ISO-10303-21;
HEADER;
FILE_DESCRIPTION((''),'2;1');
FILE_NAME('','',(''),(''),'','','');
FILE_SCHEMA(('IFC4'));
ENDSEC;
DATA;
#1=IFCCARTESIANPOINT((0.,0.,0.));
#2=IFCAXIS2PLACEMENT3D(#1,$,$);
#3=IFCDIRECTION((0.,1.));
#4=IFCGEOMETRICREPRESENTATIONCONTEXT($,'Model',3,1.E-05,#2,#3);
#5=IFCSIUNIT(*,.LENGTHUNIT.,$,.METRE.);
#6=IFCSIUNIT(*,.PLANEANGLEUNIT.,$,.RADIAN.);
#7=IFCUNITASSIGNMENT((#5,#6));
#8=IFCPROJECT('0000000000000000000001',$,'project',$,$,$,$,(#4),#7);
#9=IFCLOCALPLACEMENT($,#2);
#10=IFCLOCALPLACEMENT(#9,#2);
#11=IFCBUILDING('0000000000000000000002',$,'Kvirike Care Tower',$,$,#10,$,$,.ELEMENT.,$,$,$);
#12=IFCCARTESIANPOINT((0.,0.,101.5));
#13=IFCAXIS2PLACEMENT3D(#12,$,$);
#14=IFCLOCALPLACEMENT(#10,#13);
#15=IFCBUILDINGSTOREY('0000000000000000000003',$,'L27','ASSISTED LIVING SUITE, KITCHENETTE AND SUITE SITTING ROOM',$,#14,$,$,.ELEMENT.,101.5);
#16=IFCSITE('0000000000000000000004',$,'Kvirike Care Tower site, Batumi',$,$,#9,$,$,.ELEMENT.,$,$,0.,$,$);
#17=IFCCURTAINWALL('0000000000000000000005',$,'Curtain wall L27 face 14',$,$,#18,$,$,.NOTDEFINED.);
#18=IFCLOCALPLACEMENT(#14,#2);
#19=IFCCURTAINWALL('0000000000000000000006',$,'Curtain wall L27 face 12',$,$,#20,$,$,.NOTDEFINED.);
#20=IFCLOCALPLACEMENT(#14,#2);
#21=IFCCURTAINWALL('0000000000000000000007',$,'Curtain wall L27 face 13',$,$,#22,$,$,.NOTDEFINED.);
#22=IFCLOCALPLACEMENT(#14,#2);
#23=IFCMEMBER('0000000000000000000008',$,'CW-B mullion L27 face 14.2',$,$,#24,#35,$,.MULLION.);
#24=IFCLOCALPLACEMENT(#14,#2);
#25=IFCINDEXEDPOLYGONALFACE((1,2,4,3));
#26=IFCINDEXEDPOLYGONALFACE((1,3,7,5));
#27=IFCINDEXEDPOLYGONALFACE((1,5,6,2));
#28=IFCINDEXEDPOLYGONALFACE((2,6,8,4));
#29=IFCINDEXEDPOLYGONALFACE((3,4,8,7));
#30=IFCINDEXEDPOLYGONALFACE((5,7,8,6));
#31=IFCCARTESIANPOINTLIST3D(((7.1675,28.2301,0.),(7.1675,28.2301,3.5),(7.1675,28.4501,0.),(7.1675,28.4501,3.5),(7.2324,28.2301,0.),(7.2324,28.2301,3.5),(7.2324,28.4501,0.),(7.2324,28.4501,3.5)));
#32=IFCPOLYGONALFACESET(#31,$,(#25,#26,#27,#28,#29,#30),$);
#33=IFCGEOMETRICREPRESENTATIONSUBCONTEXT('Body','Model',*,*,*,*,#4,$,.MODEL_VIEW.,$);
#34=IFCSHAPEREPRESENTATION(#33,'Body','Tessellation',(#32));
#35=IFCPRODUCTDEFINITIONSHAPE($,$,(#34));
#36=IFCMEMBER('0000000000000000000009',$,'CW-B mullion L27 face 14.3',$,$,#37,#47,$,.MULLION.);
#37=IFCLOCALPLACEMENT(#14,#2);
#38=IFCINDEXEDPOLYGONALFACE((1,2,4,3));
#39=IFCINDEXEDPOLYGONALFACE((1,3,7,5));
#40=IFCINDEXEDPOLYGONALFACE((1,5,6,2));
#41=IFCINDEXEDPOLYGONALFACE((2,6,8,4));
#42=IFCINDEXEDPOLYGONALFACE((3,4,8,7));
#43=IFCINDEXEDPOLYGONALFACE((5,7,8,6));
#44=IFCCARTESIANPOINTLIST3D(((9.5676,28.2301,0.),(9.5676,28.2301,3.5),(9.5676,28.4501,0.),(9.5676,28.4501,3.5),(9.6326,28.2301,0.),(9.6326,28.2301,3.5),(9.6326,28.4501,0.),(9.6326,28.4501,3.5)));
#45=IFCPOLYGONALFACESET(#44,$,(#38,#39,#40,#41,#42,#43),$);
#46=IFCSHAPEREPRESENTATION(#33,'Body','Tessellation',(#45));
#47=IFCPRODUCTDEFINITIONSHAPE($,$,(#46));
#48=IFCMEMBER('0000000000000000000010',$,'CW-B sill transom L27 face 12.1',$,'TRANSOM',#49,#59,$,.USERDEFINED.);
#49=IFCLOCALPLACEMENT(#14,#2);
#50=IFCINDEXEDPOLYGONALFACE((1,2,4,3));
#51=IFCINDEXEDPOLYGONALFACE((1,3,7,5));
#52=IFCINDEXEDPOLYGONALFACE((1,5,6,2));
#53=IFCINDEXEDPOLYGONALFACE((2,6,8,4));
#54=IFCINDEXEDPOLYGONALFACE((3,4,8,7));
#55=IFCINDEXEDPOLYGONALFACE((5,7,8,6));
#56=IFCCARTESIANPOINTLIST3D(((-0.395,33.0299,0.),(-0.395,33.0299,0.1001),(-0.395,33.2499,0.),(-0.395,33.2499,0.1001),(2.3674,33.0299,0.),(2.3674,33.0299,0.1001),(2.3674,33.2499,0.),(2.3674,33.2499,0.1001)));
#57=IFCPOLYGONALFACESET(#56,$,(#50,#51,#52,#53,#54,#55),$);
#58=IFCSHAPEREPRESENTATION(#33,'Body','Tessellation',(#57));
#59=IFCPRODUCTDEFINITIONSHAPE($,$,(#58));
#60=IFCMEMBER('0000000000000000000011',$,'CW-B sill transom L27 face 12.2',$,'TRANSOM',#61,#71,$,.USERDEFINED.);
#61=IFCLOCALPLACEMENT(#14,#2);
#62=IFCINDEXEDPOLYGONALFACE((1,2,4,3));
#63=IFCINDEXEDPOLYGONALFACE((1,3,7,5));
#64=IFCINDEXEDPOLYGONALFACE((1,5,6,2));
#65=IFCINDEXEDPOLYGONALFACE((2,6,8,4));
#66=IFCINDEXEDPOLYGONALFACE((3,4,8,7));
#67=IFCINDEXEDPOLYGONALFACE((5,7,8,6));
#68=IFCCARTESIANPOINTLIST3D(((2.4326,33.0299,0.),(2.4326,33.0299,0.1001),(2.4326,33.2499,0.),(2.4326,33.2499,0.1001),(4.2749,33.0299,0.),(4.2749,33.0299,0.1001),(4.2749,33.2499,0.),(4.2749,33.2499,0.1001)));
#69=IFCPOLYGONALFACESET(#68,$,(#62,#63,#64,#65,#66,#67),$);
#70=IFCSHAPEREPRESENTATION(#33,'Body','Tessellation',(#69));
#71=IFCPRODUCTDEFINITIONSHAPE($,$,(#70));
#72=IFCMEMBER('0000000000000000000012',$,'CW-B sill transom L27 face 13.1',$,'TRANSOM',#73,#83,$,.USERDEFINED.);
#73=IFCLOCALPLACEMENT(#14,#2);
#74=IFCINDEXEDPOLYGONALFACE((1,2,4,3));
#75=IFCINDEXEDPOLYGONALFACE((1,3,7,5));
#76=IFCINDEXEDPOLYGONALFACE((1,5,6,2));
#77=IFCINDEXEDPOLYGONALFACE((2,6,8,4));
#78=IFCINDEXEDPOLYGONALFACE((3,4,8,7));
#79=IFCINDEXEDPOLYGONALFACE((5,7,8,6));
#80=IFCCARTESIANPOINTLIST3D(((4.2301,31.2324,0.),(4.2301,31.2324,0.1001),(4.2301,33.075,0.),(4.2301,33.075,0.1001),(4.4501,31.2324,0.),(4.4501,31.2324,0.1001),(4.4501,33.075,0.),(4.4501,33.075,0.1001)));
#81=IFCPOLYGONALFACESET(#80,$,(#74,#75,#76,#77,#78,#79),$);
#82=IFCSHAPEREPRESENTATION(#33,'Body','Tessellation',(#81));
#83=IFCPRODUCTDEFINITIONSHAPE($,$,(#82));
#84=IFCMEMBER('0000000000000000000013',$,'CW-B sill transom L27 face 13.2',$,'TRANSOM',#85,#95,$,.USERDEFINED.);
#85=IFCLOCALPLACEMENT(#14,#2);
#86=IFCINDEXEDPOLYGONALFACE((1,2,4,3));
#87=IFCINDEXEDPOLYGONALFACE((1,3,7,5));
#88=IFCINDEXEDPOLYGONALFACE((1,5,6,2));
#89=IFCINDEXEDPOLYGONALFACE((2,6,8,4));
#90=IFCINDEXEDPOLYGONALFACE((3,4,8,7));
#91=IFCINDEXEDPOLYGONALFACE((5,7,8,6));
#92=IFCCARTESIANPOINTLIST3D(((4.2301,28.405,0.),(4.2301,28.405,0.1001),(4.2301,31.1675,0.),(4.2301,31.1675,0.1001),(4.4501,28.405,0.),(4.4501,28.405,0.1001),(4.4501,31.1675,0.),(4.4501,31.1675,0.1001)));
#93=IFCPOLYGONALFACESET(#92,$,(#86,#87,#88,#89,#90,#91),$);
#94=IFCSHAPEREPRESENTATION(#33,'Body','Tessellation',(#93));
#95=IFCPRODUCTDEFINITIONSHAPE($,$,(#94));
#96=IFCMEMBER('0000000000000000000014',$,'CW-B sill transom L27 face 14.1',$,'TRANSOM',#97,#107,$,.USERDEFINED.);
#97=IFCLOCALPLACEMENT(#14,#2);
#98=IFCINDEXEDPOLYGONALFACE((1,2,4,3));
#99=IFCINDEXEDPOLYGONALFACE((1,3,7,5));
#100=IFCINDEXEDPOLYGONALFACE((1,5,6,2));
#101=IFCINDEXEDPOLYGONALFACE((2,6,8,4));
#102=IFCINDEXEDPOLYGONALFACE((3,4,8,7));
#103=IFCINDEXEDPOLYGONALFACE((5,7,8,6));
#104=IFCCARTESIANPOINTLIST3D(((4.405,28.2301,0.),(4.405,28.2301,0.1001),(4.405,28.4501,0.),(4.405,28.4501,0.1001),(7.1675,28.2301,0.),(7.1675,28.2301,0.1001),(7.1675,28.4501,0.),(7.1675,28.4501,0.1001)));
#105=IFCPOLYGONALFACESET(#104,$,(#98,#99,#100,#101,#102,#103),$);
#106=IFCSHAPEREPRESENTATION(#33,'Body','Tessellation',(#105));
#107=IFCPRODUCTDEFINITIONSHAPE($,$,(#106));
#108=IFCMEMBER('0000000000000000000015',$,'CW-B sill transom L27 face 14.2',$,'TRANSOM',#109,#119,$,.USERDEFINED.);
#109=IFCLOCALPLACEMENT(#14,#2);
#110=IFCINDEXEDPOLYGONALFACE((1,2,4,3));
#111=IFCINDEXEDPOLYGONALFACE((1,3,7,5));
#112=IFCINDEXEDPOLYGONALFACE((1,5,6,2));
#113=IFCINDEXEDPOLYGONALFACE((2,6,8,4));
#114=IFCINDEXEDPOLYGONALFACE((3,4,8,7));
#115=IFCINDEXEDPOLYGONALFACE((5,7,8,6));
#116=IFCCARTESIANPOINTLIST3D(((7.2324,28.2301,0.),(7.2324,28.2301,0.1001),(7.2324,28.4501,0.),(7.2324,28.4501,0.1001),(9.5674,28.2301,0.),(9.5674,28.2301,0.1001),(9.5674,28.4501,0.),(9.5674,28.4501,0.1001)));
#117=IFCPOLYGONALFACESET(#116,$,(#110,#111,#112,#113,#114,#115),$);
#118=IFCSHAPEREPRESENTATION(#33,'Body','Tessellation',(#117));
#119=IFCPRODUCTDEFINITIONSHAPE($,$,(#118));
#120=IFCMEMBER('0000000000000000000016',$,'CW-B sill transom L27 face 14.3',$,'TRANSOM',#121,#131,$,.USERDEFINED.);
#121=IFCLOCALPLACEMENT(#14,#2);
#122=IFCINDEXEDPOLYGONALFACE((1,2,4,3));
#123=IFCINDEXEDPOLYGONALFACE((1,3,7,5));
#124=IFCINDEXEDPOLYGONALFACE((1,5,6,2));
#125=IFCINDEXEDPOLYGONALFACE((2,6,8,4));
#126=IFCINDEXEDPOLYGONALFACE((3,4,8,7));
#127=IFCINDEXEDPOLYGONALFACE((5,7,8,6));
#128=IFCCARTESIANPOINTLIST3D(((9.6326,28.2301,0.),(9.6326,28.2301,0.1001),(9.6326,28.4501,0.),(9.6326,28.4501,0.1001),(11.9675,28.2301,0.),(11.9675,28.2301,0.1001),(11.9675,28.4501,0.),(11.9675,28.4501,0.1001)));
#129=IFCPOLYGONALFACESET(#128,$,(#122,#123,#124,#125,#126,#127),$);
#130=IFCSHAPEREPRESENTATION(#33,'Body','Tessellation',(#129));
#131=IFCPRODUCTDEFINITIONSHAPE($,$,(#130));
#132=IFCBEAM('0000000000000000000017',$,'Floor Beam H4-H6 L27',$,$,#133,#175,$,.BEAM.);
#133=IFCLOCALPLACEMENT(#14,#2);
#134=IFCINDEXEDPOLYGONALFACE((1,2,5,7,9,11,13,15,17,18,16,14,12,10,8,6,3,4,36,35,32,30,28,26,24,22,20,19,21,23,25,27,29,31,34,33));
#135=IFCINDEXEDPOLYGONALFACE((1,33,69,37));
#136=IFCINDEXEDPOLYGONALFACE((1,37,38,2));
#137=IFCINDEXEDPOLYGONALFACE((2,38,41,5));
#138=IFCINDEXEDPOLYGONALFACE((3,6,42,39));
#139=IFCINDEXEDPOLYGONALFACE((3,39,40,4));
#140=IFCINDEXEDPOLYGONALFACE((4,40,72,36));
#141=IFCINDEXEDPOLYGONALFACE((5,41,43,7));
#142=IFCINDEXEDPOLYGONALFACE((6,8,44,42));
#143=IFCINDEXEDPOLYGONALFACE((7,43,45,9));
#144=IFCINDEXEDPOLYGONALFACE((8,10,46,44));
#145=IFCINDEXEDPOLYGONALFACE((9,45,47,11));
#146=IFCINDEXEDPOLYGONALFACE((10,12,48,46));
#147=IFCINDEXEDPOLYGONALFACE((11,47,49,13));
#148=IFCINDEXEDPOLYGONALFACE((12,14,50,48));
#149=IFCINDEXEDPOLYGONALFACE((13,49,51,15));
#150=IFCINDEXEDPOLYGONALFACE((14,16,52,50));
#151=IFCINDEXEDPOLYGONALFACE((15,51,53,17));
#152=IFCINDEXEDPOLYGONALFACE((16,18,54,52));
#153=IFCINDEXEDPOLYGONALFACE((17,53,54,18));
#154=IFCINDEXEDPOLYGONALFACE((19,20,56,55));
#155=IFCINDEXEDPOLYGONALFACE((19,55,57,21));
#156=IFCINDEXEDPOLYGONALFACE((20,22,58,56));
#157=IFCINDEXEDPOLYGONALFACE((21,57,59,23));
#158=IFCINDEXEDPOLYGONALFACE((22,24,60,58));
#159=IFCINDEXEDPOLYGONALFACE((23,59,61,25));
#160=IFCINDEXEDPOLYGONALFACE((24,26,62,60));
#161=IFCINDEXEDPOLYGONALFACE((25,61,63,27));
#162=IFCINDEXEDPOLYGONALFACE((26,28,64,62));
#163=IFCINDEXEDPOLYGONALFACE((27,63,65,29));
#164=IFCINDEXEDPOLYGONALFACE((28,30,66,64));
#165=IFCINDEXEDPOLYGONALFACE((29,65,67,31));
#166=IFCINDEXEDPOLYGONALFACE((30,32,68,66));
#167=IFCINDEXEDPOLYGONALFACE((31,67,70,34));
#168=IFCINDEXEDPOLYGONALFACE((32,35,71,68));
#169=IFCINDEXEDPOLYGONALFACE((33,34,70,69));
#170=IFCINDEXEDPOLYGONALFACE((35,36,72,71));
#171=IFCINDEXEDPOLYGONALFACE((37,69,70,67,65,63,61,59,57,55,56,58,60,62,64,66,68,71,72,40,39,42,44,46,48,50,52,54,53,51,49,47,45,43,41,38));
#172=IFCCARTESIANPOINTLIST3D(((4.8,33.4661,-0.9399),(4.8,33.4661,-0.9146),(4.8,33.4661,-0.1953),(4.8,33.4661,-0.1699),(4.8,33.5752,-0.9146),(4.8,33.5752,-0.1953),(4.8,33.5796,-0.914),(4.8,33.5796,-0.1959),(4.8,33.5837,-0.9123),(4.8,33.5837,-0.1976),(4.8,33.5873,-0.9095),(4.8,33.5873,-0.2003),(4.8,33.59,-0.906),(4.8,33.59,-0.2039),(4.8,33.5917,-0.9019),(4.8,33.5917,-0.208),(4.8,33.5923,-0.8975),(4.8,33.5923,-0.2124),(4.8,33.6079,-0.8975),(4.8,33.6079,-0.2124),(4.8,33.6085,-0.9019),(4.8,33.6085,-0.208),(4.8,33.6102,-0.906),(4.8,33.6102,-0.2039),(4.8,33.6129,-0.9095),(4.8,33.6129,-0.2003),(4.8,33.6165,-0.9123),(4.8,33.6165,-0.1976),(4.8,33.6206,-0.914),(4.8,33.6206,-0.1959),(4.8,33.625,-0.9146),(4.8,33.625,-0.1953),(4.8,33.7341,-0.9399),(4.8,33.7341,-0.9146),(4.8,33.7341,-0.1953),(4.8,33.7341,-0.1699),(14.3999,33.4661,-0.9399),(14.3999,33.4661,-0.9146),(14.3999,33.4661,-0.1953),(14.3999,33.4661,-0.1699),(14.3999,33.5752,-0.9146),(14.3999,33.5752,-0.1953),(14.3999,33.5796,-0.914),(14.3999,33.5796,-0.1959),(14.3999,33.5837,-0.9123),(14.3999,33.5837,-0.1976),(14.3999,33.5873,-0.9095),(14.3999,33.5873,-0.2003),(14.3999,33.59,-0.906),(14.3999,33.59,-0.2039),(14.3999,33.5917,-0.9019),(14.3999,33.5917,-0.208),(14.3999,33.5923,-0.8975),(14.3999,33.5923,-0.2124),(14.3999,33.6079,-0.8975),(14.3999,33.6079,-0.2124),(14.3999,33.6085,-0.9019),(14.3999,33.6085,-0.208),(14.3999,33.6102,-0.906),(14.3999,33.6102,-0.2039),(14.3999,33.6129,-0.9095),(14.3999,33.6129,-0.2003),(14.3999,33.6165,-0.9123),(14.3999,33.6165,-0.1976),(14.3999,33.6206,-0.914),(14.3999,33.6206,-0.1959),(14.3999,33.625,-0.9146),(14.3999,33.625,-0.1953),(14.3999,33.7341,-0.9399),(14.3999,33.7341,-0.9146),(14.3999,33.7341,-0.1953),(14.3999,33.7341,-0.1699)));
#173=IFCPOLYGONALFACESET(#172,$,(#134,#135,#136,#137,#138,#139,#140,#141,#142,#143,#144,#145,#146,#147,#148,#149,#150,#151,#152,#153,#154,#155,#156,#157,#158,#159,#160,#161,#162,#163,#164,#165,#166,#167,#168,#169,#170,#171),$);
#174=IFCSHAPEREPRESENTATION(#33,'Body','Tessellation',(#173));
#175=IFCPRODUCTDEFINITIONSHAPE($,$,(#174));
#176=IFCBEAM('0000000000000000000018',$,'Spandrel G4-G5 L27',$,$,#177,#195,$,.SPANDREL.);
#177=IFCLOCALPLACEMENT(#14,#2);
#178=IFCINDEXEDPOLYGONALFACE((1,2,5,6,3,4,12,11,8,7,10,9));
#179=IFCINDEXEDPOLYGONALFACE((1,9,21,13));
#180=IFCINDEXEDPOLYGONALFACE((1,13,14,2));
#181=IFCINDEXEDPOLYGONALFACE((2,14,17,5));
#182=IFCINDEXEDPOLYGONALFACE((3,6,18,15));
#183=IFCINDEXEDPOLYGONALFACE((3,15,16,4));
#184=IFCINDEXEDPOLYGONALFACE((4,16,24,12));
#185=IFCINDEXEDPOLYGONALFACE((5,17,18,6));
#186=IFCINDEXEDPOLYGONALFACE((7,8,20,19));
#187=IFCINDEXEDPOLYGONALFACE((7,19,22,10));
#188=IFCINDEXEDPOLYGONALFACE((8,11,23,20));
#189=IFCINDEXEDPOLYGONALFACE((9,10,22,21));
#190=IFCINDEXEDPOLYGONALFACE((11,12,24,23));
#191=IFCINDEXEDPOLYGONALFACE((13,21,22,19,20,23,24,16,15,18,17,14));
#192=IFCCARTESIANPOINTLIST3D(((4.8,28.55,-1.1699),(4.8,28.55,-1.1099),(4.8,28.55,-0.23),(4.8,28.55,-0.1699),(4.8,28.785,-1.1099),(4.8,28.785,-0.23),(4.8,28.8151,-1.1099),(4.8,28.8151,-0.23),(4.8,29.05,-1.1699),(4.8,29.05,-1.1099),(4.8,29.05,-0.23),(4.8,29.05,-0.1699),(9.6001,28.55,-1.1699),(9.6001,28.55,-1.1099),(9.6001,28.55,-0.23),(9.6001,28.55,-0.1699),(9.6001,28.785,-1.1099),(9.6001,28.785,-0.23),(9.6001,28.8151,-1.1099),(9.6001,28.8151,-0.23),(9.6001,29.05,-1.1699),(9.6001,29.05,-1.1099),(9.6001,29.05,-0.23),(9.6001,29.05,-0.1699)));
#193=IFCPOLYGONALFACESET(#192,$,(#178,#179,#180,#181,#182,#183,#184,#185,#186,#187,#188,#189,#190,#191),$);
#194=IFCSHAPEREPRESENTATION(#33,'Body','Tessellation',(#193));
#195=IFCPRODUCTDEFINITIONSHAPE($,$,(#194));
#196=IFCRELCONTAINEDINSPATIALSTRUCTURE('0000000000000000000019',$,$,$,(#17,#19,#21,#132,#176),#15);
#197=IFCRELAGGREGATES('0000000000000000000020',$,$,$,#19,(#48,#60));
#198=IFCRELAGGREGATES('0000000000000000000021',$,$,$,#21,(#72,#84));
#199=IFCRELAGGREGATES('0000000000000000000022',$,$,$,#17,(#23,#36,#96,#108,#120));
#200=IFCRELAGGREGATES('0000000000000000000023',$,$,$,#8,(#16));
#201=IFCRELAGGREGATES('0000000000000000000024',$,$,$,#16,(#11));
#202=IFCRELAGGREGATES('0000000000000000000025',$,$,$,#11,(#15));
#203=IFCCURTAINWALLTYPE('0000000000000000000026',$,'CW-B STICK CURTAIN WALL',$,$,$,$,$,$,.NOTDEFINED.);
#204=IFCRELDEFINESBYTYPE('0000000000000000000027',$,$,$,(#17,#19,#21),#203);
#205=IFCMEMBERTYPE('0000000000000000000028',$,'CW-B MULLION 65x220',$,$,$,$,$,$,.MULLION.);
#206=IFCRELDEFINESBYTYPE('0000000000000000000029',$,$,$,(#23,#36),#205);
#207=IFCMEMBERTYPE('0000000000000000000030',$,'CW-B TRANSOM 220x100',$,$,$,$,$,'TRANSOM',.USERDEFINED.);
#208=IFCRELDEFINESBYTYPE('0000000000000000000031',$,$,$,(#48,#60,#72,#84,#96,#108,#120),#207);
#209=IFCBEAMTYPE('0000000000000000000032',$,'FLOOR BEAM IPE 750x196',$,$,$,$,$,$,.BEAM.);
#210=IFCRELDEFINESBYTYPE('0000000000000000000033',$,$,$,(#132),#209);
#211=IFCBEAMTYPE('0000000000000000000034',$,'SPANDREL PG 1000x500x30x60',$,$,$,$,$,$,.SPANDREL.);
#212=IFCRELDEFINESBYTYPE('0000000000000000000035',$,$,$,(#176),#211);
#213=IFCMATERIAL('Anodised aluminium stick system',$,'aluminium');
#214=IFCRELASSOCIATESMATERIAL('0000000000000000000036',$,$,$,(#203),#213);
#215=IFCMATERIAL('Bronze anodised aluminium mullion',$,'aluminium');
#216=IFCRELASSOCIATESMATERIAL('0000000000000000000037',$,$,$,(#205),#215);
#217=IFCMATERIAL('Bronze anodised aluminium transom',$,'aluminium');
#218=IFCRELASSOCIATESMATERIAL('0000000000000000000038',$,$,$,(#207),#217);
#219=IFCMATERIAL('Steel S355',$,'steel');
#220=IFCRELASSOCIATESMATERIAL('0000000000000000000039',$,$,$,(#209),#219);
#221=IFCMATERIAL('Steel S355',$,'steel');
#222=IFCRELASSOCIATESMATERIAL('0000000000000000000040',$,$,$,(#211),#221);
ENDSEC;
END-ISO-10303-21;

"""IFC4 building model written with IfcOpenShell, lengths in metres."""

from ifc_helpers import new_model, si_unit, direction, frame, origin, origin_2d, place, context, subcontext, project, spatial, rectangle, i_section, extrude, material, material_profile, profile_set, type_object, element, aggregate, save


model = new_model("IFC4")

# Units and contexts
model_context = context("Model", 3, precision=1e-05, world=origin(), true_north=direction((0.0, 1.0)))
body_context = subcontext(model_context, "Body", "Model", "MODEL_VIEW")
ifc_project = project(units=[si_unit("LENGTHUNIT", "METRE"), si_unit("PLANEANGLEUNIT", "RADIAN")], contexts=[model_context])

# Site, building, storey
site_placement = place(None, origin())
site = spatial("IfcSite", under=ifc_project, at=site_placement, Name="Kvirike Care Tower site, Batumi", CompositionType="ELEMENT", RefElevation=0.0)
building_placement = place(site_placement, origin())
building = spatial("IfcBuilding", under=site, at=building_placement, Name="Kvirike Care Tower", CompositionType="ELEMENT")
storey_placement = place(building_placement, frame((0.0, 0.0, 101.5)))
storey = spatial("IfcBuildingStorey", under=building, at=storey_placement, Name="L27", Description="ASSISTED LIVING SUITE, KITCHENETTE AND SUITE SITTING ROOM", CompositionType="ELEMENT", Elevation=101.5)

# Curtain wall
ifc_material_1 = material(Name="Anodised aluminium stick system", Category="aluminium")
curtain_wall_type = type_object("IfcCurtainWallType", Name="CW-B STICK CURTAIN WALL", PredefinedType="NOTDEFINED", material=ifc_material_1)
curtain_wall_1_placement = place(storey_placement, origin())
curtain_wall_1 = element("IfcCurtainWall", 1, at=curtain_wall_1_placement, inside=storey, type_object=curtain_wall_type, Name="Curtain wall L27 face 14", PredefinedType="NOTDEFINED")
ifc_material_2 = material(Name="Bronze anodised aluminium mullion", Category="aluminium")
ifc_material_profile_1 = material_profile(ifc_material_2, rectangle(XDim=0.0649, YDim=0.22, at=origin_2d()), Name="CW-B MULLION 65x220")
ifc_profile_set_1 = profile_set([ifc_material_profile_1], Name="Bronze anodised aluminium mullion")
member_type_1 = type_object("IfcMemberType", Name="CW-B MULLION 65x220", PredefinedType="MULLION", material=ifc_profile_set_1)

# Curtain walls
curtain_wall_2_placement = place(storey_placement, origin())
curtain_wall_2 = element("IfcCurtainWall", 2, at=curtain_wall_2_placement, inside=storey, type_object=curtain_wall_type, Name="Curtain wall L27 face 12", PredefinedType="NOTDEFINED")
curtain_wall_3_placement = place(storey_placement, origin())
curtain_wall_3 = element("IfcCurtainWall", 3, at=curtain_wall_3_placement, inside=storey, type_object=curtain_wall_type, Name="Curtain wall L27 face 13", PredefinedType="NOTDEFINED")

# Members
member_1_placement = place(storey_placement, frame((7.2, 28.3401, 0.0), z_axis=(0.0, 0.0, 1.0), x_axis=(1.0, 0.0, 0.0)))
member_1 = element("IfcMember", 4, at=member_1_placement, type_object=member_type_1, Name="CW-B mullion L27 face 14.2", PredefinedType="MULLION", context=body_context, shape_type="SweptSolid", body=[
    extrude(rectangle(XDim=0.0649, YDim=0.22, at=origin_2d()), origin(), (0.0, 0.0, 1.0), 3.5),
])
member_2_placement = place(storey_placement, frame((9.6001, 28.3401, 0.0), z_axis=(0.0, 0.0, 1.0), x_axis=(1.0, 0.0, 0.0)))
member_2 = element("IfcMember", 5, at=member_2_placement, type_object=member_type_1, Name="CW-B mullion L27 face 14.3", PredefinedType="MULLION", context=body_context, shape_type="SweptSolid", body=[
    extrude(rectangle(XDim=0.0649, YDim=0.22, at=origin_2d()), origin(), (0.0, 0.0, 1.0), 3.5),
])
ifc_material_3 = material(Name="Bronze anodised aluminium transom", Category="aluminium")
ifc_material_profile_2 = material_profile(ifc_material_3, rectangle(XDim=0.22, YDim=0.1001, at=origin_2d()), Name="CW-B TRANSOM 220x100")
ifc_profile_set_2 = profile_set([ifc_material_profile_2], Name="Bronze anodised aluminium transom")
member_type_2 = type_object("IfcMemberType", Name="CW-B TRANSOM 220x100", ElementType="TRANSOM", PredefinedType="USERDEFINED", material=ifc_profile_set_2)
member_3_placement = place(storey_placement, frame((-0.395, 33.1399, 0.05), z_axis=(1.0, 0.0, 0.0), x_axis=(0.0, 1.0, 0.0)))
member_3 = element("IfcMember", 6, at=member_3_placement, type_object=member_type_2, Name="CW-B sill transom L27 face 12.1", ObjectType="TRANSOM", PredefinedType="USERDEFINED", context=body_context, shape_type="SweptSolid", body=[
    extrude(rectangle(XDim=0.22, YDim=0.1001, at=origin_2d()), origin(), (0.0, 0.0, 1.0), 2.7625),
])
member_4_placement = place(storey_placement, frame((2.4326, 33.1399, 0.05), z_axis=(1.0, 0.0, 0.0), x_axis=(0.0, 1.0, 0.0)))
member_4 = element("IfcMember", 7, at=member_4_placement, type_object=member_type_2, Name="CW-B sill transom L27 face 12.2", ObjectType="TRANSOM", PredefinedType="USERDEFINED", context=body_context, shape_type="SweptSolid", body=[
    extrude(rectangle(XDim=0.22, YDim=0.1001, at=origin_2d()), origin(), (0.0, 0.0, 1.0), 1.8423),
])
member_5_placement = place(storey_placement, frame((4.3401, 33.075, 0.05), z_axis=(0.0, -1.0, 0.0), x_axis=(1.0, 0.0, 0.0)))
member_5 = element("IfcMember", 8, at=member_5_placement, type_object=member_type_2, Name="CW-B sill transom L27 face 13.1", ObjectType="TRANSOM", PredefinedType="USERDEFINED", context=body_context, shape_type="SweptSolid", body=[
    extrude(rectangle(XDim=0.22, YDim=0.1001, at=origin_2d()), origin(), (0.0, 0.0, 1.0), 1.8425),
])
member_6_placement = place(storey_placement, frame((4.3401, 31.1675, 0.05), z_axis=(0.0, -1.0, 0.0), x_axis=(1.0, 0.0, 0.0)))
member_6 = element("IfcMember", 9, at=member_6_placement, type_object=member_type_2, Name="CW-B sill transom L27 face 13.2", ObjectType="TRANSOM", PredefinedType="USERDEFINED", context=body_context, shape_type="SweptSolid", body=[
    extrude(rectangle(XDim=0.22, YDim=0.1001, at=origin_2d()), origin(), (0.0, 0.0, 1.0), 2.7625),
])
member_7_placement = place(storey_placement, frame((4.405, 28.3401, 0.05), z_axis=(1.0, 0.0, 0.0), x_axis=(0.0, 1.0, 0.0)))
member_7 = element("IfcMember", 10, at=member_7_placement, type_object=member_type_2, Name="CW-B sill transom L27 face 14.1", ObjectType="TRANSOM", PredefinedType="USERDEFINED", context=body_context, shape_type="SweptSolid", body=[
    extrude(rectangle(XDim=0.22, YDim=0.1001, at=origin_2d()), origin(), (0.0, 0.0, 1.0), 2.7625),
])
member_8_placement = place(storey_placement, frame((7.2324, 28.3401, 0.05), z_axis=(1.0, 0.0, 0.0), x_axis=(0.0, 1.0, 0.0)))
member_8 = element("IfcMember", 11, at=member_8_placement, type_object=member_type_2, Name="CW-B sill transom L27 face 14.2", ObjectType="TRANSOM", PredefinedType="USERDEFINED", context=body_context, shape_type="SweptSolid", body=[
    extrude(rectangle(XDim=0.22, YDim=0.1001, at=origin_2d()), origin(), (0.0, 0.0, 1.0), 2.335),
])
member_9_placement = place(storey_placement, frame((9.6326, 28.3401, 0.05), z_axis=(1.0, 0.0, 0.0), x_axis=(0.0, 1.0, 0.0)))
member_9 = element("IfcMember", 12, at=member_9_placement, type_object=member_type_2, Name="CW-B sill transom L27 face 14.3", ObjectType="TRANSOM", PredefinedType="USERDEFINED", context=body_context, shape_type="SweptSolid", body=[
    extrude(rectangle(XDim=0.22, YDim=0.1001, at=origin_2d()), origin(), (0.0, 0.0, 1.0), 2.335),
])

# Beams
ifc_material_4 = material(Name="Steel S355", Category="steel")
ifc_material_profile_3 = material_profile(ifc_material_4, i_section(OverallWidth=0.2681, OverallDepth=0.77, WebThickness=0.0156, FlangeThickness=0.0254, FilletRadius=0.0171, at=origin_2d()), Name="IPE 750x196")
ifc_profile_set_3 = profile_set([ifc_material_profile_3], Name="Steel S355")
beam_type_1 = type_object("IfcBeamType", Name="FLOOR BEAM IPE 750x196", PredefinedType="BEAM", material=ifc_profile_set_3)
beam_1_placement = place(storey_placement, frame((4.8, 33.6001, -0.5549), z_axis=(1.0, 0.0, 0.0), x_axis=(0.0, 1.0, 0.0)))
element("IfcBeam", 13, at=beam_1_placement, inside=storey, type_object=beam_type_1, Name="Floor Beam H4-H6 L27", PredefinedType="BEAM", context=body_context, shape_type="SweptSolid", body=[
    extrude(i_section(OverallWidth=0.2681, OverallDepth=0.77, WebThickness=0.0156, FlangeThickness=0.0254, FilletRadius=0.0171, at=origin_2d()), origin(), (0.0, 0.0, 1.0), 9.5999),
])
ifc_material_5 = material(Name="Steel S355", Category="steel")
ifc_material_profile_4 = material_profile(ifc_material_5, i_section(OverallWidth=0.5, OverallDepth=1.0, WebThickness=0.03, FlangeThickness=0.0601, at=origin_2d()), Name="PG 1000x500x30x60")
ifc_profile_set_4 = profile_set([ifc_material_profile_4], Name="Steel S355")
beam_type_2 = type_object("IfcBeamType", Name="SPANDREL PG 1000x500x30x60", PredefinedType="SPANDREL", material=ifc_profile_set_4)
beam_2_placement = place(storey_placement, frame((4.8, 28.8, -0.6699), z_axis=(1.0, 0.0, 0.0), x_axis=(0.0, 1.0, 0.0)))
element("IfcBeam", 14, at=beam_2_placement, inside=storey, type_object=beam_type_2, Name="Spandrel G4-G5 L27", PredefinedType="SPANDREL", context=body_context, shape_type="SweptSolid", body=[
    extrude(i_section(OverallWidth=0.5, OverallDepth=1.0, WebThickness=0.03, FlangeThickness=0.0601, at=origin_2d()), origin(), (0.0, 0.0, 1.0), 4.8),
])

aggregate(curtain_wall_2, [member_3, member_4])
aggregate(curtain_wall_3, [member_5, member_6])
aggregate(curtain_wall_1, [member_1, member_2, member_7, member_8, member_9])

save(model, "model.ifc")
